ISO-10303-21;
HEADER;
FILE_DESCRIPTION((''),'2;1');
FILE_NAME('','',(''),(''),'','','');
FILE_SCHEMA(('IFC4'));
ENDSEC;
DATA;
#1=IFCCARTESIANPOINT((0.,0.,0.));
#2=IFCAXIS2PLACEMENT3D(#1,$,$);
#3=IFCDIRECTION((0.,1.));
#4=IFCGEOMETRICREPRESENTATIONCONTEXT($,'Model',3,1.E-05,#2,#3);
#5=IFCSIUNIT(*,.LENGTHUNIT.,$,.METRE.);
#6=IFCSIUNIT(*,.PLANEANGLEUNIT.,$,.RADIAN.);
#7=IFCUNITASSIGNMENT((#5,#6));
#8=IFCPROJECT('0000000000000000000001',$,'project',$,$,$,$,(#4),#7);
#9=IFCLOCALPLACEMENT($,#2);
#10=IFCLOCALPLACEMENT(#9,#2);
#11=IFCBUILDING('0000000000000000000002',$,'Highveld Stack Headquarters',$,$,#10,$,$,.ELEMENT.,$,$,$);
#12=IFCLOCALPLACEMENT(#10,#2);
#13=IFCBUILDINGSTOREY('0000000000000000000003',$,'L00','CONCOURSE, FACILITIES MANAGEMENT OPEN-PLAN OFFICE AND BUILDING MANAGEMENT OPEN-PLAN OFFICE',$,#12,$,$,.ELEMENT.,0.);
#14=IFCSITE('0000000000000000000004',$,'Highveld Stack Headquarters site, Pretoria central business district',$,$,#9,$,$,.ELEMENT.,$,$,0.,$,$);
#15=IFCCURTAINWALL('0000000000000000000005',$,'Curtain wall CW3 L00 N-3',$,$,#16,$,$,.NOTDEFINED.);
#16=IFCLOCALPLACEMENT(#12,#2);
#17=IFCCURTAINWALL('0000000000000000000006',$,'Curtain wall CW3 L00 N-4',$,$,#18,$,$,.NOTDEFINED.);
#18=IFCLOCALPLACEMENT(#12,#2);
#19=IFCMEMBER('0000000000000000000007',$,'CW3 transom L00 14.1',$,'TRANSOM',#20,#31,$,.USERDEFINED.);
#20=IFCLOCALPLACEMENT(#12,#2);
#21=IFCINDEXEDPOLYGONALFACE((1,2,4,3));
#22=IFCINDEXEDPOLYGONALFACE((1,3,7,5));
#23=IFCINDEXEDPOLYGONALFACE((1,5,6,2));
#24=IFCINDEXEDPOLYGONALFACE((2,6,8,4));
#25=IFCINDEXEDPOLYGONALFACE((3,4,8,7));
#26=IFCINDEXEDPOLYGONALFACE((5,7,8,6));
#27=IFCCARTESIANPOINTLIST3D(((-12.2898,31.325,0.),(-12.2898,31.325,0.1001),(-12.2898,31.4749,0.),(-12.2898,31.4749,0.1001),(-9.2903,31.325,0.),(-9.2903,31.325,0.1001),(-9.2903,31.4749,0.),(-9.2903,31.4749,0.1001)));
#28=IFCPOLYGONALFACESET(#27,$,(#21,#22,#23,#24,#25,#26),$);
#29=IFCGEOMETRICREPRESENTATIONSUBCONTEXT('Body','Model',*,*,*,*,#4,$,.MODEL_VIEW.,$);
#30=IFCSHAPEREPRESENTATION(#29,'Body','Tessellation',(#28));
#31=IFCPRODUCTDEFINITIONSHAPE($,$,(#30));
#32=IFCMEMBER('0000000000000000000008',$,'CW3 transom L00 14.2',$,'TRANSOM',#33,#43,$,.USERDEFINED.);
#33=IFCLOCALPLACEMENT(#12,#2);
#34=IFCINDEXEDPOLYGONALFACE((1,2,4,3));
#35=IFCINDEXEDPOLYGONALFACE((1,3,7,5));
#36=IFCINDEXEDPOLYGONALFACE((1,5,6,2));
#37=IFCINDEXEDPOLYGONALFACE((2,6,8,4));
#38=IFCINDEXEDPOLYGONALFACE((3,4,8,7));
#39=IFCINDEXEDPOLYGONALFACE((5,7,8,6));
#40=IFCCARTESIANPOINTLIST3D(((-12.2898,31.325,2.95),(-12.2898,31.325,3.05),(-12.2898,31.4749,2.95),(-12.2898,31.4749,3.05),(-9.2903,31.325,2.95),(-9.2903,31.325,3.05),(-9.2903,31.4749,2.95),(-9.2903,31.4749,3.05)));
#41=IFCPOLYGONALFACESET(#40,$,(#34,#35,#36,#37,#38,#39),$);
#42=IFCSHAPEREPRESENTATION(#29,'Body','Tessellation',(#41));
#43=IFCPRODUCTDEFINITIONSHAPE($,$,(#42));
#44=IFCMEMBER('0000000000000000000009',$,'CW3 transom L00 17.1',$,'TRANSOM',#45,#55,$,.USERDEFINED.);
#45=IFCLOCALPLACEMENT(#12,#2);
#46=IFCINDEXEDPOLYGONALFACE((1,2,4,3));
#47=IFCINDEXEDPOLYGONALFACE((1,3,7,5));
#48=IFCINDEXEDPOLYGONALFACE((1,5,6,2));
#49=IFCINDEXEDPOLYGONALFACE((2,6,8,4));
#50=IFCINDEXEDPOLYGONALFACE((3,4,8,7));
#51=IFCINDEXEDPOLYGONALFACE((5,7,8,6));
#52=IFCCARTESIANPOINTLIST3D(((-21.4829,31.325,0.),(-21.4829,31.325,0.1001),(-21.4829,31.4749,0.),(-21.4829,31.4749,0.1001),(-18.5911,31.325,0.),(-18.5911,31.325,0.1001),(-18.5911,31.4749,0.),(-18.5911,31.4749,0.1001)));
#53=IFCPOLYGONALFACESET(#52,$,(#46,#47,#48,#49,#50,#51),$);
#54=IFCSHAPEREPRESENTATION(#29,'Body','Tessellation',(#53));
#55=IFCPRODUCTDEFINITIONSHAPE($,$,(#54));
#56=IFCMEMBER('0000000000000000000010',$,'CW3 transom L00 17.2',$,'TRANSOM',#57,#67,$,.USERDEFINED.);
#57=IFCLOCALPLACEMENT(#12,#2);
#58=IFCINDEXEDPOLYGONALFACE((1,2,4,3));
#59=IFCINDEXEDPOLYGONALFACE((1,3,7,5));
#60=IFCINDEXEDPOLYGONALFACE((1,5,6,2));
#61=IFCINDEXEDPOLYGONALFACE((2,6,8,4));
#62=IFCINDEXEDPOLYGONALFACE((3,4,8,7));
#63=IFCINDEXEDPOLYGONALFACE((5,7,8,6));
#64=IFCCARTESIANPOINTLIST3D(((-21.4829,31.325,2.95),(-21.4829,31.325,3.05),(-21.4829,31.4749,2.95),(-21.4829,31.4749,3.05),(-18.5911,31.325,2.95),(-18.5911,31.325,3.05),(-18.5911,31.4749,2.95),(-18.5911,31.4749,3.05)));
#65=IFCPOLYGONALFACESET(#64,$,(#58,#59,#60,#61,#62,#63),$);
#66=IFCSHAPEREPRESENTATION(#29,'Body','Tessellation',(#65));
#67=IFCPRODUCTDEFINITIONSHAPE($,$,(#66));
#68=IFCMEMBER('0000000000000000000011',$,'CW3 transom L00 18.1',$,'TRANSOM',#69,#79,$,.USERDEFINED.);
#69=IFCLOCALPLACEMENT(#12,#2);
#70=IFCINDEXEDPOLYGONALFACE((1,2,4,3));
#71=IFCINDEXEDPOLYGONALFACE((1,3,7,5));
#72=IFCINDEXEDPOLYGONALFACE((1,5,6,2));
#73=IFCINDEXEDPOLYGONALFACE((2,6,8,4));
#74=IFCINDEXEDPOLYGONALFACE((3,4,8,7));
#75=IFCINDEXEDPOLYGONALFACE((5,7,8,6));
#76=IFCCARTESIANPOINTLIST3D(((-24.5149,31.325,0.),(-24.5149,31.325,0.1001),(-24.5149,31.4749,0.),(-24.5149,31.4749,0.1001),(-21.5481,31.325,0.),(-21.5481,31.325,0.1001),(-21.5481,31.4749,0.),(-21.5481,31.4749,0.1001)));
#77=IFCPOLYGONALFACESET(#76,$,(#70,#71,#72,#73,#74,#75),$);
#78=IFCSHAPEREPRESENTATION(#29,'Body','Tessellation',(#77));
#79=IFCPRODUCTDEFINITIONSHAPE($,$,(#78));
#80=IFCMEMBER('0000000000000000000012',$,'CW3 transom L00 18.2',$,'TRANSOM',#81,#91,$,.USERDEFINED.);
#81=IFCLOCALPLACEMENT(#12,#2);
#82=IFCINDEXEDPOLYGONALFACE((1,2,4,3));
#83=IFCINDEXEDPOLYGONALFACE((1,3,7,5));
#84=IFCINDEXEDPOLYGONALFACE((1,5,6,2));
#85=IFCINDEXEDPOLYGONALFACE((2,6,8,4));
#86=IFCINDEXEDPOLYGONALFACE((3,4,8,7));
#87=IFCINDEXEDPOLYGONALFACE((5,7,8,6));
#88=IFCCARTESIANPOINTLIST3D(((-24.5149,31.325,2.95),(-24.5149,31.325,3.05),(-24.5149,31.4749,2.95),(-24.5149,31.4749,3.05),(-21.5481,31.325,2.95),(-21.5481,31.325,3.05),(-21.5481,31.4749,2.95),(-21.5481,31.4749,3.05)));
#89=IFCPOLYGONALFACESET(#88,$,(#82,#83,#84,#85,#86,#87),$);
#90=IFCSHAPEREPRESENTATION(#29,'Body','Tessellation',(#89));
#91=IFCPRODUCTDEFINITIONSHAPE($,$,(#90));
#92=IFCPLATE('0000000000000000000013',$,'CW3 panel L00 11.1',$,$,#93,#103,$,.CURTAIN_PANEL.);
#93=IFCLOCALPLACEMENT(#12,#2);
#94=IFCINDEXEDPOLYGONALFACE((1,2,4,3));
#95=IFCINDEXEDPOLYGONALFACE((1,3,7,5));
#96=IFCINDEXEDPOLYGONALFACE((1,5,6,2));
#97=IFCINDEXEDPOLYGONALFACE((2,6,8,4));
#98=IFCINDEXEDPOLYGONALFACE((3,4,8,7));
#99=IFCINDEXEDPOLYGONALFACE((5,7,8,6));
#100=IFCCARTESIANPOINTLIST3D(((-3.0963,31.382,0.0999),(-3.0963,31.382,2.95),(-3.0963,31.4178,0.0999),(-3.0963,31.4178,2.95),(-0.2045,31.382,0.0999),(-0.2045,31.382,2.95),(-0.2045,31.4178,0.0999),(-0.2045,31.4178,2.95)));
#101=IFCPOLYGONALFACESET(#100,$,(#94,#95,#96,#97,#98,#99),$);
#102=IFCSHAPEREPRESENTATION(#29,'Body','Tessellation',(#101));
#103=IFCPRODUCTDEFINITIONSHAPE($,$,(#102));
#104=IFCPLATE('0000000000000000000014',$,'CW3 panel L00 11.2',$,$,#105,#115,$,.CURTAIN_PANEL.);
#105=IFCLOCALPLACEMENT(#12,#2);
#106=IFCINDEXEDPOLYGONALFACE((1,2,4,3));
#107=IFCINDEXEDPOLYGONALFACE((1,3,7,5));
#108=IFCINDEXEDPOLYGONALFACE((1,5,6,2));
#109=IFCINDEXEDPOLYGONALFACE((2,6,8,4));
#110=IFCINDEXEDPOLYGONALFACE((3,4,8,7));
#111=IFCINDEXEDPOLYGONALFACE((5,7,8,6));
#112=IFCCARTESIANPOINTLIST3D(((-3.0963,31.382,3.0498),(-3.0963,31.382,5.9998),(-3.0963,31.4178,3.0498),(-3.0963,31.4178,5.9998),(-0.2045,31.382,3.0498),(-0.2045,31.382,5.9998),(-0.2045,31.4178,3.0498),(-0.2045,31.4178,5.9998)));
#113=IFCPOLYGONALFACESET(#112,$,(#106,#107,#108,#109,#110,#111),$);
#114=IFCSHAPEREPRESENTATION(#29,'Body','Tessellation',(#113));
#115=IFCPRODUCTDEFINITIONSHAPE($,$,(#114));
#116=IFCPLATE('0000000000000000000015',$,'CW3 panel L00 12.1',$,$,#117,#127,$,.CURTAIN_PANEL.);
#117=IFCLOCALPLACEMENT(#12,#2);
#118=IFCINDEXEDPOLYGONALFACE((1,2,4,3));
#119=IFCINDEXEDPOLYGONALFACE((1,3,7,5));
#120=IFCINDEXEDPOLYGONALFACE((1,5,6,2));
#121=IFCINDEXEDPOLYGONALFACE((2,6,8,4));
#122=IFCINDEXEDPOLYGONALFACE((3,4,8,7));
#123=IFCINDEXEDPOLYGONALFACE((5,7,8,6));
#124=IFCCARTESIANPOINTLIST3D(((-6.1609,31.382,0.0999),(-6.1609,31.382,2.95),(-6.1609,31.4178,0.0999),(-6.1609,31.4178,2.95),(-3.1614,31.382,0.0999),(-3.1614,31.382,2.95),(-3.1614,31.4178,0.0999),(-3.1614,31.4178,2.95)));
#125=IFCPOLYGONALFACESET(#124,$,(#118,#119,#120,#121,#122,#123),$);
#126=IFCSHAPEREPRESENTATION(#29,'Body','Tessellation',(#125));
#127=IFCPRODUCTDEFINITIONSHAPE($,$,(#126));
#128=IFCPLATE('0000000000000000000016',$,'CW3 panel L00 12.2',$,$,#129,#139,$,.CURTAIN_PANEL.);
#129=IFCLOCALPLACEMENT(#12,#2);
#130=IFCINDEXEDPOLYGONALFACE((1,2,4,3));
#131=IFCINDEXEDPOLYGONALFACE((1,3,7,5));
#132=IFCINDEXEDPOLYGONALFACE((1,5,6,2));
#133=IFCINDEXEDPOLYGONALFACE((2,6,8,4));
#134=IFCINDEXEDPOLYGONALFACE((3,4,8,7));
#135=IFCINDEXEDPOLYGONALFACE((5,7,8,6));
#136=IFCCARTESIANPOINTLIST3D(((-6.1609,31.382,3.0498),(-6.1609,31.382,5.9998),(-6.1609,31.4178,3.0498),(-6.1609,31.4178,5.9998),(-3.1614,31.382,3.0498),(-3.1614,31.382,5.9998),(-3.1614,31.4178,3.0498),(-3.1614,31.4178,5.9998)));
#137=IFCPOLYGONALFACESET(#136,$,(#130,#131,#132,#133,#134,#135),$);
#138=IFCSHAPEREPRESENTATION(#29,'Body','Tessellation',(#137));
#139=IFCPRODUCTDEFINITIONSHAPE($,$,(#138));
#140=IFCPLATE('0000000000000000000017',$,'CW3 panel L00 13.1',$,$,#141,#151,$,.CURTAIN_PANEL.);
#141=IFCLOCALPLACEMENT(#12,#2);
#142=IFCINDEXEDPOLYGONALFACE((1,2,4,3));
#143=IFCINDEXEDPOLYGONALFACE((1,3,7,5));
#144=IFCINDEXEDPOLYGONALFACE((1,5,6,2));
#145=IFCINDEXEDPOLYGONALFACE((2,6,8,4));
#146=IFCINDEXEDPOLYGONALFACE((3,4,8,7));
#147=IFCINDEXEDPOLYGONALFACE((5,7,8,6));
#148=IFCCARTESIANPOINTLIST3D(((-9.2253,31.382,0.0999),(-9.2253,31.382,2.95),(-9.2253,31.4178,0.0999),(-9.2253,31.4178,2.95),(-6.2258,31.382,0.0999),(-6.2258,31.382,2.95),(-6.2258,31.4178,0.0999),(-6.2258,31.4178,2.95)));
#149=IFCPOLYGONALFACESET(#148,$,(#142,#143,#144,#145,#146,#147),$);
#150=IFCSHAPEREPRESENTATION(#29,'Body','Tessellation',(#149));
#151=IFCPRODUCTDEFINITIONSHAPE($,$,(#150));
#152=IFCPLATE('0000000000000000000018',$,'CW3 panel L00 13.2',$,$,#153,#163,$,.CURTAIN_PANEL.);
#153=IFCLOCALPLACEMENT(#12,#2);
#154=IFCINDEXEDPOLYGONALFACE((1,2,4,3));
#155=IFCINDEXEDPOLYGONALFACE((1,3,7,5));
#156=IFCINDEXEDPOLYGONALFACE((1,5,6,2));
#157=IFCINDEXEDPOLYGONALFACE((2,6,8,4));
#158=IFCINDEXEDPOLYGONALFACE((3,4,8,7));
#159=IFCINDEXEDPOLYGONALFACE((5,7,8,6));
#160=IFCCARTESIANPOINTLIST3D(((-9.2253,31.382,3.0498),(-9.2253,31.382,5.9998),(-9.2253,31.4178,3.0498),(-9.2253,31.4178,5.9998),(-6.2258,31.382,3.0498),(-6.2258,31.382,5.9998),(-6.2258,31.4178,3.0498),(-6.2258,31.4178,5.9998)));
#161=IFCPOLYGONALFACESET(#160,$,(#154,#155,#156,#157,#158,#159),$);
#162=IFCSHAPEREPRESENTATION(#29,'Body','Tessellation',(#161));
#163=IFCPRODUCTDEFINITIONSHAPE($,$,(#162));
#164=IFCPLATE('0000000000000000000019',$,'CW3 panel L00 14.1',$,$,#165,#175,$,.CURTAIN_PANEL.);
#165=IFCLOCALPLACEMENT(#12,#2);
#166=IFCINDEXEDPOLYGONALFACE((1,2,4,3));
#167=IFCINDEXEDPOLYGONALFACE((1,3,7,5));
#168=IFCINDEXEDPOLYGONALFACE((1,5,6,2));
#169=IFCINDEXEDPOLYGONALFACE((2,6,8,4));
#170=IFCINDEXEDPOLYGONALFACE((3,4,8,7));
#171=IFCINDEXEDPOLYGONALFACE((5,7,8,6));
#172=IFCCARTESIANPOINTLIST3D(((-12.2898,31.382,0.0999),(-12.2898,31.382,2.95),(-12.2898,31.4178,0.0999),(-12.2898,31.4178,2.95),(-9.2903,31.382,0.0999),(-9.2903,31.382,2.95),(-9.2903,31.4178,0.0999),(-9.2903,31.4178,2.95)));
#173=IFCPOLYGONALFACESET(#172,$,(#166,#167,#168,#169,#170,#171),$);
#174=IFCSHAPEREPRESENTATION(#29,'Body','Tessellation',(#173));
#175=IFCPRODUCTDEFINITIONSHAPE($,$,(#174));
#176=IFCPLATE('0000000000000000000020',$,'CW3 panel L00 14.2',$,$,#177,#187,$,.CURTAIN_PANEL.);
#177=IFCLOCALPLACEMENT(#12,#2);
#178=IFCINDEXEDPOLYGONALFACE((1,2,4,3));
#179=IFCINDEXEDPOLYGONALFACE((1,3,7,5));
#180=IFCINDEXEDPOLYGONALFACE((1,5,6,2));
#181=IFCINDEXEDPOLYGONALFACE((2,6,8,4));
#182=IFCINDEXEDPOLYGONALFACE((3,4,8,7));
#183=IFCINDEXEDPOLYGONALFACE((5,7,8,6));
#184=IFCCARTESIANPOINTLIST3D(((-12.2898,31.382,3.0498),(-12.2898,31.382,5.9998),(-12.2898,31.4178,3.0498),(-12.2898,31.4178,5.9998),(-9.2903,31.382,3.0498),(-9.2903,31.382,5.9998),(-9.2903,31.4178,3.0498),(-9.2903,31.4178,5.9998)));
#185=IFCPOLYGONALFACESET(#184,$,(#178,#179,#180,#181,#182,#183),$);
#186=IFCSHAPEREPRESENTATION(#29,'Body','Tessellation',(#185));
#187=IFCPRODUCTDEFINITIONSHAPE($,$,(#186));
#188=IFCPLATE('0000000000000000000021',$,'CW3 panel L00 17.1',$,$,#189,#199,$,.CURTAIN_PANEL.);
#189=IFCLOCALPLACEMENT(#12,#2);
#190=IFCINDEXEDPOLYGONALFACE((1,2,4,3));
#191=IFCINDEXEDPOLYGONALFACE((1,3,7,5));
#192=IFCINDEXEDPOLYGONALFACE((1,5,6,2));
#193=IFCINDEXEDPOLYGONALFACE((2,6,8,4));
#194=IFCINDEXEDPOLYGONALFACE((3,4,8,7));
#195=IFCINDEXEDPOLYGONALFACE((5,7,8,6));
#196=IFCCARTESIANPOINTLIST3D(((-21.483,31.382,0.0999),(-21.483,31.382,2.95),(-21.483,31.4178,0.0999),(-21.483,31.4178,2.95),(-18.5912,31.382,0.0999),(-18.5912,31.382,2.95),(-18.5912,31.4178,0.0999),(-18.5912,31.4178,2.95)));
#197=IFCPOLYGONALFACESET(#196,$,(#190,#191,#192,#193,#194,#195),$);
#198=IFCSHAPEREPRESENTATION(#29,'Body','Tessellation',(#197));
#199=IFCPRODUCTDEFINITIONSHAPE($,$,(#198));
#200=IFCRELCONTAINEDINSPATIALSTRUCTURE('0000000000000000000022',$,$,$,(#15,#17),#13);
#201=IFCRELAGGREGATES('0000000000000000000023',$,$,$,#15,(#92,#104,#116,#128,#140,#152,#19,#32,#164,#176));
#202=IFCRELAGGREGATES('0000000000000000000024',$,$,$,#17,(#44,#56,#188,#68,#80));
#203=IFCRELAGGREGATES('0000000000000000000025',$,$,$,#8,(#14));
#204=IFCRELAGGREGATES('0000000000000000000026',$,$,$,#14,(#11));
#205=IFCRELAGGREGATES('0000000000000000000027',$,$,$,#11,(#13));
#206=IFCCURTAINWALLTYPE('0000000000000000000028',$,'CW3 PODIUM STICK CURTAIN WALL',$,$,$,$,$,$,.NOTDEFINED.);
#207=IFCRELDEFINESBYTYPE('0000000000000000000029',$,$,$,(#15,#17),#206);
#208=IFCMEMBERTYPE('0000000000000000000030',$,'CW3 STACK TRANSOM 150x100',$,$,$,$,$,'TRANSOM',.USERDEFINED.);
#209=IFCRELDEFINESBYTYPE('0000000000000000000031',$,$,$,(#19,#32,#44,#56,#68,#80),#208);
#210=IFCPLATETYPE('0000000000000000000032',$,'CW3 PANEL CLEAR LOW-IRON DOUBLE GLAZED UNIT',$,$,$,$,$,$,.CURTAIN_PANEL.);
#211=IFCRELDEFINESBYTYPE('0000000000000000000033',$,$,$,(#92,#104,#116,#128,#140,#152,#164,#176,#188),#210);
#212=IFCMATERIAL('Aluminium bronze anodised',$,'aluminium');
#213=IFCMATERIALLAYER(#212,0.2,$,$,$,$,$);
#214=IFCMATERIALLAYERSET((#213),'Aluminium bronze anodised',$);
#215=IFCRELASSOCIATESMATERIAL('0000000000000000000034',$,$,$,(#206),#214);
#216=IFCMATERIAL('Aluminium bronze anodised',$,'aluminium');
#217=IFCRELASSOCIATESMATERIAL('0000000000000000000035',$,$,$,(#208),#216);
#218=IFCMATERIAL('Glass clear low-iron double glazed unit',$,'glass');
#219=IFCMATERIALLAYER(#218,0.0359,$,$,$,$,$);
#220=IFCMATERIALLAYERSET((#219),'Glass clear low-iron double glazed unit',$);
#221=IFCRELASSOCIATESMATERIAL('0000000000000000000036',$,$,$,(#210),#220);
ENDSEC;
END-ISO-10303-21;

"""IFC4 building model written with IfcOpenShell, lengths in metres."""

from ifc_helpers import new_model, si_unit, direction, frame, origin, origin_2d, place, context, subcontext, project, spatial, rectangle, extrude, material, layer, layer_set, material_profile, profile_set, type_object, element, aggregate, save


model = new_model("IFC4")

# Units and contexts
model_context = context("Model", 3, precision=1e-05, world=origin(), true_north=direction((0.0, 1.0)))
body_context = subcontext(model_context, "Body", "Model", "MODEL_VIEW")
ifc_project = project(units=[si_unit("LENGTHUNIT", "METRE"), si_unit("PLANEANGLEUNIT", "RADIAN")], contexts=[model_context])

# Site, building, storey
site_placement = place(None, origin())
site = spatial("IfcSite", under=ifc_project, at=site_placement, Name="Highveld Stack Headquarters site, Pretoria central business district", CompositionType="ELEMENT", RefElevation=0.0)
building_placement = place(site_placement, origin())
building = spatial("IfcBuilding", under=site, at=building_placement, Name="Highveld Stack Headquarters", CompositionType="ELEMENT")
storey_placement = place(building_placement, origin())
storey = spatial("IfcBuildingStorey", under=building, at=storey_placement, Name="L00", Description="CONCOURSE, FACILITIES MANAGEMENT OPEN-PLAN OFFICE AND BUILDING MANAGEMENT OPEN-PLAN OFFICE", CompositionType="ELEMENT", Elevation=0.0)

# Curtain walls
ifc_material_1 = material(Name="Aluminium bronze anodised", Category="aluminium")
ifc_layer_1 = layer(ifc_material_1, 0.2)
ifc_layer_set_1 = layer_set([ifc_layer_1], Name="Aluminium bronze anodised")
curtain_wall_type = type_object("IfcCurtainWallType", Name="CW3 PODIUM STICK CURTAIN WALL", PredefinedType="NOTDEFINED", material=ifc_layer_set_1)
curtain_wall_1_placement = place(storey_placement, origin())
curtain_wall_1 = element("IfcCurtainWall", 1, at=curtain_wall_1_placement, inside=storey, type_object=curtain_wall_type, Name="Curtain wall CW3 L00 N-3", PredefinedType="NOTDEFINED")
curtain_wall_2_placement = place(storey_placement, origin())
curtain_wall_2 = element("IfcCurtainWall", 2, at=curtain_wall_2_placement, inside=storey, type_object=curtain_wall_type, Name="Curtain wall CW3 L00 N-4", PredefinedType="NOTDEFINED")

# Members
ifc_material_2 = material(Name="Aluminium bronze anodised", Category="aluminium")
ifc_material_profile_1 = material_profile(ifc_material_2, rectangle(XDim=0.1499, YDim=0.1001, at=origin_2d()), Name="CW3 TRANSOM 150x100")
ifc_profile_set_1 = profile_set([ifc_material_profile_1], Name="Aluminium bronze anodised")
member_type_1 = type_object("IfcMemberType", Name="CW3 STACK TRANSOM 150x100", ElementType="TRANSOM", PredefinedType="USERDEFINED", material=ifc_profile_set_1)
member_1_placement = place(storey_placement, frame((-9.2903, 31.3999, 0.05), z_axis=(-1.0, 0.0, 0.0), x_axis=(0.0, -1.0, 0.0)))
member_1 = element("IfcMember", 3, at=member_1_placement, type_object=member_type_1, Name="CW3 transom L00 14.1", ObjectType="TRANSOM", PredefinedType="USERDEFINED", context=body_context, shape_type="SweptSolid", body=[
    extrude(rectangle(XDim=0.1499, YDim=0.1001, at=origin_2d()), origin(), (0.0, 0.0, 1.0), 2.9995),
])
member_2_placement = place(storey_placement, frame((-9.2903, 31.3999, 3.0), z_axis=(-1.0, 0.0, 0.0), x_axis=(0.0, -1.0, 0.0)))
member_2 = element("IfcMember", 4, at=member_2_placement, type_object=member_type_1, Name="CW3 transom L00 14.2", ObjectType="TRANSOM", PredefinedType="USERDEFINED", context=body_context, shape_type="SweptSolid", body=[
    extrude(rectangle(XDim=0.1499, YDim=0.1001, at=origin_2d()), origin(), (0.0, 0.0, 1.0), 2.9995),
])
member_3_placement = place(storey_placement, frame((-18.5911, 31.3999, 0.05), z_axis=(-1.0, 0.0, 0.0), x_axis=(0.0, -1.0, 0.0)))
member_3 = element("IfcMember", 5, at=member_3_placement, type_object=member_type_1, Name="CW3 transom L00 17.1", ObjectType="TRANSOM", PredefinedType="USERDEFINED", context=body_context, shape_type="SweptSolid", body=[
    extrude(rectangle(XDim=0.1499, YDim=0.1001, at=origin_2d()), origin(), (0.0, 0.0, 1.0), 2.8918),
])
member_4_placement = place(storey_placement, frame((-18.5911, 31.3999, 3.0), z_axis=(-1.0, 0.0, 0.0), x_axis=(0.0, -1.0, 0.0)))
member_4 = element("IfcMember", 6, at=member_4_placement, type_object=member_type_1, Name="CW3 transom L00 17.2", ObjectType="TRANSOM", PredefinedType="USERDEFINED", context=body_context, shape_type="SweptSolid", body=[
    extrude(rectangle(XDim=0.1499, YDim=0.1001, at=origin_2d()), origin(), (0.0, 0.0, 1.0), 2.8918),
])
member_5_placement = place(storey_placement, frame((-21.5481, 31.3999, 0.05), z_axis=(-1.0, 0.0, 0.0), x_axis=(0.0, -1.0, 0.0)))
member_5 = element("IfcMember", 7, at=member_5_placement, type_object=member_type_1, Name="CW3 transom L00 18.1", ObjectType="TRANSOM", PredefinedType="USERDEFINED", context=body_context, shape_type="SweptSolid", body=[
    extrude(rectangle(XDim=0.1499, YDim=0.1001, at=origin_2d()), origin(), (0.0, 0.0, 1.0), 2.9668),
])
member_6_placement = place(storey_placement, frame((-21.5481, 31.3999, 3.0), z_axis=(-1.0, 0.0, 0.0), x_axis=(0.0, -1.0, 0.0)))
member_6 = element("IfcMember", 8, at=member_6_placement, type_object=member_type_1, Name="CW3 transom L00 18.2", ObjectType="TRANSOM", PredefinedType="USERDEFINED", context=body_context, shape_type="SweptSolid", body=[
    extrude(rectangle(XDim=0.1499, YDim=0.1001, at=origin_2d()), origin(), (0.0, 0.0, 1.0), 2.9668),
])

# Plates
ifc_material_3 = material(Name="Glass clear low-iron double glazed unit", Category="glass")
ifc_layer_2 = layer(ifc_material_3, 0.0359)
ifc_layer_set_2 = layer_set([ifc_layer_2], Name="Glass clear low-iron double glazed unit")
plate_type = type_object("IfcPlateType", Name="CW3 PANEL CLEAR LOW-IRON DOUBLE GLAZED UNIT", PredefinedType="CURTAIN_PANEL", material=ifc_layer_set_2)
plate_1_placement = place(storey_placement, frame((-1.6504, 31.3999, 0.0999), z_axis=(0.0, 0.0, 1.0), x_axis=(-1.0, 0.0, 0.0)))
plate_1 = element("IfcPlate", 9, at=plate_1_placement, type_object=plate_type, Name="CW3 panel L00 11.1", PredefinedType="CURTAIN_PANEL", context=body_context, shape_type="SweptSolid", body=[
    extrude(rectangle(XDim=2.8918, YDim=0.0359, at=origin_2d()), origin(), (0.0, 0.0, 1.0), 2.8501),
])
plate_2_placement = place(storey_placement, frame((-1.6504, 31.3999, 3.0498), z_axis=(0.0, 0.0, 1.0), x_axis=(-1.0, 0.0, 0.0)))
plate_2 = element("IfcPlate", 10, at=plate_2_placement, type_object=plate_type, Name="CW3 panel L00 11.2", PredefinedType="CURTAIN_PANEL", context=body_context, shape_type="SweptSolid", body=[
    extrude(rectangle(XDim=2.8918, YDim=0.0359, at=origin_2d()), origin(), (0.0, 0.0, 1.0), 2.95),
])
plate_3_placement = place(storey_placement, frame((-4.6611, 31.3999, 0.0999), z_axis=(0.0, 0.0, 1.0), x_axis=(-1.0, 0.0, 0.0)))
plate_3 = element("IfcPlate", 11, at=plate_3_placement, type_object=plate_type, Name="CW3 panel L00 12.1", PredefinedType="CURTAIN_PANEL", context=body_context, shape_type="SweptSolid", body=[
    extrude(rectangle(XDim=2.9995, YDim=0.0359, at=origin_2d()), origin(), (0.0, 0.0, 1.0), 2.8501),
])
plate_4_placement = place(storey_placement, frame((-4.6611, 31.3999, 3.0498), z_axis=(0.0, 0.0, 1.0), x_axis=(-1.0, 0.0, 0.0)))
plate_4 = element("IfcPlate", 12, at=plate_4_placement, type_object=plate_type, Name="CW3 panel L00 12.2", PredefinedType="CURTAIN_PANEL", context=body_context, shape_type="SweptSolid", body=[
    extrude(rectangle(XDim=2.9995, YDim=0.0359, at=origin_2d()), origin(), (0.0, 0.0, 1.0), 2.95),
])
plate_5_placement = place(storey_placement, frame((-7.7256, 31.3999, 0.0999), z_axis=(0.0, 0.0, 1.0), x_axis=(-1.0, 0.0, 0.0)))
plate_5 = element("IfcPlate", 13, at=plate_5_placement, type_object=plate_type, Name="CW3 panel L00 13.1", PredefinedType="CURTAIN_PANEL", context=body_context, shape_type="SweptSolid", body=[
    extrude(rectangle(XDim=2.9995, YDim=0.0359, at=origin_2d()), origin(), (0.0, 0.0, 1.0), 2.8501),
])
plate_6_placement = place(storey_placement, frame((-7.7256, 31.3999, 3.0498), z_axis=(0.0, 0.0, 1.0), x_axis=(-1.0, 0.0, 0.0)))
plate_6 = element("IfcPlate", 14, at=plate_6_placement, type_object=plate_type, Name="CW3 panel L00 13.2", PredefinedType="CURTAIN_PANEL", context=body_context, shape_type="SweptSolid", body=[
    extrude(rectangle(XDim=2.9995, YDim=0.0359, at=origin_2d()), origin(), (0.0, 0.0, 1.0), 2.95),
])
plate_7_placement = place(storey_placement, frame((-10.79, 31.3999, 0.0999), z_axis=(0.0, 0.0, 1.0), x_axis=(-1.0, 0.0, 0.0)))
plate_7 = element("IfcPlate", 15, at=plate_7_placement, type_object=plate_type, Name="CW3 panel L00 14.1", PredefinedType="CURTAIN_PANEL", context=body_context, shape_type="SweptSolid", body=[
    extrude(rectangle(XDim=2.9995, YDim=0.0359, at=origin_2d()), origin(), (0.0, 0.0, 1.0), 2.8501),
])
plate_8_placement = place(storey_placement, frame((-10.79, 31.3999, 3.0498), z_axis=(0.0, 0.0, 1.0), x_axis=(-1.0, 0.0, 0.0)))
plate_8 = element("IfcPlate", 16, at=plate_8_placement, type_object=plate_type, Name="CW3 panel L00 14.2", PredefinedType="CURTAIN_PANEL", context=body_context, shape_type="SweptSolid", body=[
    extrude(rectangle(XDim=2.9995, YDim=0.0359, at=origin_2d()), origin(), (0.0, 0.0, 1.0), 2.95),
])
aggregate(curtain_wall_1, [plate_1, plate_2, plate_3, plate_4, plate_5, plate_6, member_1, member_2, plate_7, plate_8])
plate_9_placement = place(storey_placement, frame((-20.0371, 31.3999, 0.0999), z_axis=(0.0, 0.0, 1.0), x_axis=(-1.0, 0.0, 0.0)))
plate_9 = element("IfcPlate", 17, at=plate_9_placement, type_object=plate_type, Name="CW3 panel L00 17.1", PredefinedType="CURTAIN_PANEL", context=body_context, shape_type="SweptSolid", body=[
    extrude(rectangle(XDim=2.8918, YDim=0.0359, at=origin_2d()), origin(), (0.0, 0.0, 1.0), 2.8501),
])
aggregate(curtain_wall_2, [member_3, member_4, plate_9, member_5, member_6])

save(model, "model.ifc")
